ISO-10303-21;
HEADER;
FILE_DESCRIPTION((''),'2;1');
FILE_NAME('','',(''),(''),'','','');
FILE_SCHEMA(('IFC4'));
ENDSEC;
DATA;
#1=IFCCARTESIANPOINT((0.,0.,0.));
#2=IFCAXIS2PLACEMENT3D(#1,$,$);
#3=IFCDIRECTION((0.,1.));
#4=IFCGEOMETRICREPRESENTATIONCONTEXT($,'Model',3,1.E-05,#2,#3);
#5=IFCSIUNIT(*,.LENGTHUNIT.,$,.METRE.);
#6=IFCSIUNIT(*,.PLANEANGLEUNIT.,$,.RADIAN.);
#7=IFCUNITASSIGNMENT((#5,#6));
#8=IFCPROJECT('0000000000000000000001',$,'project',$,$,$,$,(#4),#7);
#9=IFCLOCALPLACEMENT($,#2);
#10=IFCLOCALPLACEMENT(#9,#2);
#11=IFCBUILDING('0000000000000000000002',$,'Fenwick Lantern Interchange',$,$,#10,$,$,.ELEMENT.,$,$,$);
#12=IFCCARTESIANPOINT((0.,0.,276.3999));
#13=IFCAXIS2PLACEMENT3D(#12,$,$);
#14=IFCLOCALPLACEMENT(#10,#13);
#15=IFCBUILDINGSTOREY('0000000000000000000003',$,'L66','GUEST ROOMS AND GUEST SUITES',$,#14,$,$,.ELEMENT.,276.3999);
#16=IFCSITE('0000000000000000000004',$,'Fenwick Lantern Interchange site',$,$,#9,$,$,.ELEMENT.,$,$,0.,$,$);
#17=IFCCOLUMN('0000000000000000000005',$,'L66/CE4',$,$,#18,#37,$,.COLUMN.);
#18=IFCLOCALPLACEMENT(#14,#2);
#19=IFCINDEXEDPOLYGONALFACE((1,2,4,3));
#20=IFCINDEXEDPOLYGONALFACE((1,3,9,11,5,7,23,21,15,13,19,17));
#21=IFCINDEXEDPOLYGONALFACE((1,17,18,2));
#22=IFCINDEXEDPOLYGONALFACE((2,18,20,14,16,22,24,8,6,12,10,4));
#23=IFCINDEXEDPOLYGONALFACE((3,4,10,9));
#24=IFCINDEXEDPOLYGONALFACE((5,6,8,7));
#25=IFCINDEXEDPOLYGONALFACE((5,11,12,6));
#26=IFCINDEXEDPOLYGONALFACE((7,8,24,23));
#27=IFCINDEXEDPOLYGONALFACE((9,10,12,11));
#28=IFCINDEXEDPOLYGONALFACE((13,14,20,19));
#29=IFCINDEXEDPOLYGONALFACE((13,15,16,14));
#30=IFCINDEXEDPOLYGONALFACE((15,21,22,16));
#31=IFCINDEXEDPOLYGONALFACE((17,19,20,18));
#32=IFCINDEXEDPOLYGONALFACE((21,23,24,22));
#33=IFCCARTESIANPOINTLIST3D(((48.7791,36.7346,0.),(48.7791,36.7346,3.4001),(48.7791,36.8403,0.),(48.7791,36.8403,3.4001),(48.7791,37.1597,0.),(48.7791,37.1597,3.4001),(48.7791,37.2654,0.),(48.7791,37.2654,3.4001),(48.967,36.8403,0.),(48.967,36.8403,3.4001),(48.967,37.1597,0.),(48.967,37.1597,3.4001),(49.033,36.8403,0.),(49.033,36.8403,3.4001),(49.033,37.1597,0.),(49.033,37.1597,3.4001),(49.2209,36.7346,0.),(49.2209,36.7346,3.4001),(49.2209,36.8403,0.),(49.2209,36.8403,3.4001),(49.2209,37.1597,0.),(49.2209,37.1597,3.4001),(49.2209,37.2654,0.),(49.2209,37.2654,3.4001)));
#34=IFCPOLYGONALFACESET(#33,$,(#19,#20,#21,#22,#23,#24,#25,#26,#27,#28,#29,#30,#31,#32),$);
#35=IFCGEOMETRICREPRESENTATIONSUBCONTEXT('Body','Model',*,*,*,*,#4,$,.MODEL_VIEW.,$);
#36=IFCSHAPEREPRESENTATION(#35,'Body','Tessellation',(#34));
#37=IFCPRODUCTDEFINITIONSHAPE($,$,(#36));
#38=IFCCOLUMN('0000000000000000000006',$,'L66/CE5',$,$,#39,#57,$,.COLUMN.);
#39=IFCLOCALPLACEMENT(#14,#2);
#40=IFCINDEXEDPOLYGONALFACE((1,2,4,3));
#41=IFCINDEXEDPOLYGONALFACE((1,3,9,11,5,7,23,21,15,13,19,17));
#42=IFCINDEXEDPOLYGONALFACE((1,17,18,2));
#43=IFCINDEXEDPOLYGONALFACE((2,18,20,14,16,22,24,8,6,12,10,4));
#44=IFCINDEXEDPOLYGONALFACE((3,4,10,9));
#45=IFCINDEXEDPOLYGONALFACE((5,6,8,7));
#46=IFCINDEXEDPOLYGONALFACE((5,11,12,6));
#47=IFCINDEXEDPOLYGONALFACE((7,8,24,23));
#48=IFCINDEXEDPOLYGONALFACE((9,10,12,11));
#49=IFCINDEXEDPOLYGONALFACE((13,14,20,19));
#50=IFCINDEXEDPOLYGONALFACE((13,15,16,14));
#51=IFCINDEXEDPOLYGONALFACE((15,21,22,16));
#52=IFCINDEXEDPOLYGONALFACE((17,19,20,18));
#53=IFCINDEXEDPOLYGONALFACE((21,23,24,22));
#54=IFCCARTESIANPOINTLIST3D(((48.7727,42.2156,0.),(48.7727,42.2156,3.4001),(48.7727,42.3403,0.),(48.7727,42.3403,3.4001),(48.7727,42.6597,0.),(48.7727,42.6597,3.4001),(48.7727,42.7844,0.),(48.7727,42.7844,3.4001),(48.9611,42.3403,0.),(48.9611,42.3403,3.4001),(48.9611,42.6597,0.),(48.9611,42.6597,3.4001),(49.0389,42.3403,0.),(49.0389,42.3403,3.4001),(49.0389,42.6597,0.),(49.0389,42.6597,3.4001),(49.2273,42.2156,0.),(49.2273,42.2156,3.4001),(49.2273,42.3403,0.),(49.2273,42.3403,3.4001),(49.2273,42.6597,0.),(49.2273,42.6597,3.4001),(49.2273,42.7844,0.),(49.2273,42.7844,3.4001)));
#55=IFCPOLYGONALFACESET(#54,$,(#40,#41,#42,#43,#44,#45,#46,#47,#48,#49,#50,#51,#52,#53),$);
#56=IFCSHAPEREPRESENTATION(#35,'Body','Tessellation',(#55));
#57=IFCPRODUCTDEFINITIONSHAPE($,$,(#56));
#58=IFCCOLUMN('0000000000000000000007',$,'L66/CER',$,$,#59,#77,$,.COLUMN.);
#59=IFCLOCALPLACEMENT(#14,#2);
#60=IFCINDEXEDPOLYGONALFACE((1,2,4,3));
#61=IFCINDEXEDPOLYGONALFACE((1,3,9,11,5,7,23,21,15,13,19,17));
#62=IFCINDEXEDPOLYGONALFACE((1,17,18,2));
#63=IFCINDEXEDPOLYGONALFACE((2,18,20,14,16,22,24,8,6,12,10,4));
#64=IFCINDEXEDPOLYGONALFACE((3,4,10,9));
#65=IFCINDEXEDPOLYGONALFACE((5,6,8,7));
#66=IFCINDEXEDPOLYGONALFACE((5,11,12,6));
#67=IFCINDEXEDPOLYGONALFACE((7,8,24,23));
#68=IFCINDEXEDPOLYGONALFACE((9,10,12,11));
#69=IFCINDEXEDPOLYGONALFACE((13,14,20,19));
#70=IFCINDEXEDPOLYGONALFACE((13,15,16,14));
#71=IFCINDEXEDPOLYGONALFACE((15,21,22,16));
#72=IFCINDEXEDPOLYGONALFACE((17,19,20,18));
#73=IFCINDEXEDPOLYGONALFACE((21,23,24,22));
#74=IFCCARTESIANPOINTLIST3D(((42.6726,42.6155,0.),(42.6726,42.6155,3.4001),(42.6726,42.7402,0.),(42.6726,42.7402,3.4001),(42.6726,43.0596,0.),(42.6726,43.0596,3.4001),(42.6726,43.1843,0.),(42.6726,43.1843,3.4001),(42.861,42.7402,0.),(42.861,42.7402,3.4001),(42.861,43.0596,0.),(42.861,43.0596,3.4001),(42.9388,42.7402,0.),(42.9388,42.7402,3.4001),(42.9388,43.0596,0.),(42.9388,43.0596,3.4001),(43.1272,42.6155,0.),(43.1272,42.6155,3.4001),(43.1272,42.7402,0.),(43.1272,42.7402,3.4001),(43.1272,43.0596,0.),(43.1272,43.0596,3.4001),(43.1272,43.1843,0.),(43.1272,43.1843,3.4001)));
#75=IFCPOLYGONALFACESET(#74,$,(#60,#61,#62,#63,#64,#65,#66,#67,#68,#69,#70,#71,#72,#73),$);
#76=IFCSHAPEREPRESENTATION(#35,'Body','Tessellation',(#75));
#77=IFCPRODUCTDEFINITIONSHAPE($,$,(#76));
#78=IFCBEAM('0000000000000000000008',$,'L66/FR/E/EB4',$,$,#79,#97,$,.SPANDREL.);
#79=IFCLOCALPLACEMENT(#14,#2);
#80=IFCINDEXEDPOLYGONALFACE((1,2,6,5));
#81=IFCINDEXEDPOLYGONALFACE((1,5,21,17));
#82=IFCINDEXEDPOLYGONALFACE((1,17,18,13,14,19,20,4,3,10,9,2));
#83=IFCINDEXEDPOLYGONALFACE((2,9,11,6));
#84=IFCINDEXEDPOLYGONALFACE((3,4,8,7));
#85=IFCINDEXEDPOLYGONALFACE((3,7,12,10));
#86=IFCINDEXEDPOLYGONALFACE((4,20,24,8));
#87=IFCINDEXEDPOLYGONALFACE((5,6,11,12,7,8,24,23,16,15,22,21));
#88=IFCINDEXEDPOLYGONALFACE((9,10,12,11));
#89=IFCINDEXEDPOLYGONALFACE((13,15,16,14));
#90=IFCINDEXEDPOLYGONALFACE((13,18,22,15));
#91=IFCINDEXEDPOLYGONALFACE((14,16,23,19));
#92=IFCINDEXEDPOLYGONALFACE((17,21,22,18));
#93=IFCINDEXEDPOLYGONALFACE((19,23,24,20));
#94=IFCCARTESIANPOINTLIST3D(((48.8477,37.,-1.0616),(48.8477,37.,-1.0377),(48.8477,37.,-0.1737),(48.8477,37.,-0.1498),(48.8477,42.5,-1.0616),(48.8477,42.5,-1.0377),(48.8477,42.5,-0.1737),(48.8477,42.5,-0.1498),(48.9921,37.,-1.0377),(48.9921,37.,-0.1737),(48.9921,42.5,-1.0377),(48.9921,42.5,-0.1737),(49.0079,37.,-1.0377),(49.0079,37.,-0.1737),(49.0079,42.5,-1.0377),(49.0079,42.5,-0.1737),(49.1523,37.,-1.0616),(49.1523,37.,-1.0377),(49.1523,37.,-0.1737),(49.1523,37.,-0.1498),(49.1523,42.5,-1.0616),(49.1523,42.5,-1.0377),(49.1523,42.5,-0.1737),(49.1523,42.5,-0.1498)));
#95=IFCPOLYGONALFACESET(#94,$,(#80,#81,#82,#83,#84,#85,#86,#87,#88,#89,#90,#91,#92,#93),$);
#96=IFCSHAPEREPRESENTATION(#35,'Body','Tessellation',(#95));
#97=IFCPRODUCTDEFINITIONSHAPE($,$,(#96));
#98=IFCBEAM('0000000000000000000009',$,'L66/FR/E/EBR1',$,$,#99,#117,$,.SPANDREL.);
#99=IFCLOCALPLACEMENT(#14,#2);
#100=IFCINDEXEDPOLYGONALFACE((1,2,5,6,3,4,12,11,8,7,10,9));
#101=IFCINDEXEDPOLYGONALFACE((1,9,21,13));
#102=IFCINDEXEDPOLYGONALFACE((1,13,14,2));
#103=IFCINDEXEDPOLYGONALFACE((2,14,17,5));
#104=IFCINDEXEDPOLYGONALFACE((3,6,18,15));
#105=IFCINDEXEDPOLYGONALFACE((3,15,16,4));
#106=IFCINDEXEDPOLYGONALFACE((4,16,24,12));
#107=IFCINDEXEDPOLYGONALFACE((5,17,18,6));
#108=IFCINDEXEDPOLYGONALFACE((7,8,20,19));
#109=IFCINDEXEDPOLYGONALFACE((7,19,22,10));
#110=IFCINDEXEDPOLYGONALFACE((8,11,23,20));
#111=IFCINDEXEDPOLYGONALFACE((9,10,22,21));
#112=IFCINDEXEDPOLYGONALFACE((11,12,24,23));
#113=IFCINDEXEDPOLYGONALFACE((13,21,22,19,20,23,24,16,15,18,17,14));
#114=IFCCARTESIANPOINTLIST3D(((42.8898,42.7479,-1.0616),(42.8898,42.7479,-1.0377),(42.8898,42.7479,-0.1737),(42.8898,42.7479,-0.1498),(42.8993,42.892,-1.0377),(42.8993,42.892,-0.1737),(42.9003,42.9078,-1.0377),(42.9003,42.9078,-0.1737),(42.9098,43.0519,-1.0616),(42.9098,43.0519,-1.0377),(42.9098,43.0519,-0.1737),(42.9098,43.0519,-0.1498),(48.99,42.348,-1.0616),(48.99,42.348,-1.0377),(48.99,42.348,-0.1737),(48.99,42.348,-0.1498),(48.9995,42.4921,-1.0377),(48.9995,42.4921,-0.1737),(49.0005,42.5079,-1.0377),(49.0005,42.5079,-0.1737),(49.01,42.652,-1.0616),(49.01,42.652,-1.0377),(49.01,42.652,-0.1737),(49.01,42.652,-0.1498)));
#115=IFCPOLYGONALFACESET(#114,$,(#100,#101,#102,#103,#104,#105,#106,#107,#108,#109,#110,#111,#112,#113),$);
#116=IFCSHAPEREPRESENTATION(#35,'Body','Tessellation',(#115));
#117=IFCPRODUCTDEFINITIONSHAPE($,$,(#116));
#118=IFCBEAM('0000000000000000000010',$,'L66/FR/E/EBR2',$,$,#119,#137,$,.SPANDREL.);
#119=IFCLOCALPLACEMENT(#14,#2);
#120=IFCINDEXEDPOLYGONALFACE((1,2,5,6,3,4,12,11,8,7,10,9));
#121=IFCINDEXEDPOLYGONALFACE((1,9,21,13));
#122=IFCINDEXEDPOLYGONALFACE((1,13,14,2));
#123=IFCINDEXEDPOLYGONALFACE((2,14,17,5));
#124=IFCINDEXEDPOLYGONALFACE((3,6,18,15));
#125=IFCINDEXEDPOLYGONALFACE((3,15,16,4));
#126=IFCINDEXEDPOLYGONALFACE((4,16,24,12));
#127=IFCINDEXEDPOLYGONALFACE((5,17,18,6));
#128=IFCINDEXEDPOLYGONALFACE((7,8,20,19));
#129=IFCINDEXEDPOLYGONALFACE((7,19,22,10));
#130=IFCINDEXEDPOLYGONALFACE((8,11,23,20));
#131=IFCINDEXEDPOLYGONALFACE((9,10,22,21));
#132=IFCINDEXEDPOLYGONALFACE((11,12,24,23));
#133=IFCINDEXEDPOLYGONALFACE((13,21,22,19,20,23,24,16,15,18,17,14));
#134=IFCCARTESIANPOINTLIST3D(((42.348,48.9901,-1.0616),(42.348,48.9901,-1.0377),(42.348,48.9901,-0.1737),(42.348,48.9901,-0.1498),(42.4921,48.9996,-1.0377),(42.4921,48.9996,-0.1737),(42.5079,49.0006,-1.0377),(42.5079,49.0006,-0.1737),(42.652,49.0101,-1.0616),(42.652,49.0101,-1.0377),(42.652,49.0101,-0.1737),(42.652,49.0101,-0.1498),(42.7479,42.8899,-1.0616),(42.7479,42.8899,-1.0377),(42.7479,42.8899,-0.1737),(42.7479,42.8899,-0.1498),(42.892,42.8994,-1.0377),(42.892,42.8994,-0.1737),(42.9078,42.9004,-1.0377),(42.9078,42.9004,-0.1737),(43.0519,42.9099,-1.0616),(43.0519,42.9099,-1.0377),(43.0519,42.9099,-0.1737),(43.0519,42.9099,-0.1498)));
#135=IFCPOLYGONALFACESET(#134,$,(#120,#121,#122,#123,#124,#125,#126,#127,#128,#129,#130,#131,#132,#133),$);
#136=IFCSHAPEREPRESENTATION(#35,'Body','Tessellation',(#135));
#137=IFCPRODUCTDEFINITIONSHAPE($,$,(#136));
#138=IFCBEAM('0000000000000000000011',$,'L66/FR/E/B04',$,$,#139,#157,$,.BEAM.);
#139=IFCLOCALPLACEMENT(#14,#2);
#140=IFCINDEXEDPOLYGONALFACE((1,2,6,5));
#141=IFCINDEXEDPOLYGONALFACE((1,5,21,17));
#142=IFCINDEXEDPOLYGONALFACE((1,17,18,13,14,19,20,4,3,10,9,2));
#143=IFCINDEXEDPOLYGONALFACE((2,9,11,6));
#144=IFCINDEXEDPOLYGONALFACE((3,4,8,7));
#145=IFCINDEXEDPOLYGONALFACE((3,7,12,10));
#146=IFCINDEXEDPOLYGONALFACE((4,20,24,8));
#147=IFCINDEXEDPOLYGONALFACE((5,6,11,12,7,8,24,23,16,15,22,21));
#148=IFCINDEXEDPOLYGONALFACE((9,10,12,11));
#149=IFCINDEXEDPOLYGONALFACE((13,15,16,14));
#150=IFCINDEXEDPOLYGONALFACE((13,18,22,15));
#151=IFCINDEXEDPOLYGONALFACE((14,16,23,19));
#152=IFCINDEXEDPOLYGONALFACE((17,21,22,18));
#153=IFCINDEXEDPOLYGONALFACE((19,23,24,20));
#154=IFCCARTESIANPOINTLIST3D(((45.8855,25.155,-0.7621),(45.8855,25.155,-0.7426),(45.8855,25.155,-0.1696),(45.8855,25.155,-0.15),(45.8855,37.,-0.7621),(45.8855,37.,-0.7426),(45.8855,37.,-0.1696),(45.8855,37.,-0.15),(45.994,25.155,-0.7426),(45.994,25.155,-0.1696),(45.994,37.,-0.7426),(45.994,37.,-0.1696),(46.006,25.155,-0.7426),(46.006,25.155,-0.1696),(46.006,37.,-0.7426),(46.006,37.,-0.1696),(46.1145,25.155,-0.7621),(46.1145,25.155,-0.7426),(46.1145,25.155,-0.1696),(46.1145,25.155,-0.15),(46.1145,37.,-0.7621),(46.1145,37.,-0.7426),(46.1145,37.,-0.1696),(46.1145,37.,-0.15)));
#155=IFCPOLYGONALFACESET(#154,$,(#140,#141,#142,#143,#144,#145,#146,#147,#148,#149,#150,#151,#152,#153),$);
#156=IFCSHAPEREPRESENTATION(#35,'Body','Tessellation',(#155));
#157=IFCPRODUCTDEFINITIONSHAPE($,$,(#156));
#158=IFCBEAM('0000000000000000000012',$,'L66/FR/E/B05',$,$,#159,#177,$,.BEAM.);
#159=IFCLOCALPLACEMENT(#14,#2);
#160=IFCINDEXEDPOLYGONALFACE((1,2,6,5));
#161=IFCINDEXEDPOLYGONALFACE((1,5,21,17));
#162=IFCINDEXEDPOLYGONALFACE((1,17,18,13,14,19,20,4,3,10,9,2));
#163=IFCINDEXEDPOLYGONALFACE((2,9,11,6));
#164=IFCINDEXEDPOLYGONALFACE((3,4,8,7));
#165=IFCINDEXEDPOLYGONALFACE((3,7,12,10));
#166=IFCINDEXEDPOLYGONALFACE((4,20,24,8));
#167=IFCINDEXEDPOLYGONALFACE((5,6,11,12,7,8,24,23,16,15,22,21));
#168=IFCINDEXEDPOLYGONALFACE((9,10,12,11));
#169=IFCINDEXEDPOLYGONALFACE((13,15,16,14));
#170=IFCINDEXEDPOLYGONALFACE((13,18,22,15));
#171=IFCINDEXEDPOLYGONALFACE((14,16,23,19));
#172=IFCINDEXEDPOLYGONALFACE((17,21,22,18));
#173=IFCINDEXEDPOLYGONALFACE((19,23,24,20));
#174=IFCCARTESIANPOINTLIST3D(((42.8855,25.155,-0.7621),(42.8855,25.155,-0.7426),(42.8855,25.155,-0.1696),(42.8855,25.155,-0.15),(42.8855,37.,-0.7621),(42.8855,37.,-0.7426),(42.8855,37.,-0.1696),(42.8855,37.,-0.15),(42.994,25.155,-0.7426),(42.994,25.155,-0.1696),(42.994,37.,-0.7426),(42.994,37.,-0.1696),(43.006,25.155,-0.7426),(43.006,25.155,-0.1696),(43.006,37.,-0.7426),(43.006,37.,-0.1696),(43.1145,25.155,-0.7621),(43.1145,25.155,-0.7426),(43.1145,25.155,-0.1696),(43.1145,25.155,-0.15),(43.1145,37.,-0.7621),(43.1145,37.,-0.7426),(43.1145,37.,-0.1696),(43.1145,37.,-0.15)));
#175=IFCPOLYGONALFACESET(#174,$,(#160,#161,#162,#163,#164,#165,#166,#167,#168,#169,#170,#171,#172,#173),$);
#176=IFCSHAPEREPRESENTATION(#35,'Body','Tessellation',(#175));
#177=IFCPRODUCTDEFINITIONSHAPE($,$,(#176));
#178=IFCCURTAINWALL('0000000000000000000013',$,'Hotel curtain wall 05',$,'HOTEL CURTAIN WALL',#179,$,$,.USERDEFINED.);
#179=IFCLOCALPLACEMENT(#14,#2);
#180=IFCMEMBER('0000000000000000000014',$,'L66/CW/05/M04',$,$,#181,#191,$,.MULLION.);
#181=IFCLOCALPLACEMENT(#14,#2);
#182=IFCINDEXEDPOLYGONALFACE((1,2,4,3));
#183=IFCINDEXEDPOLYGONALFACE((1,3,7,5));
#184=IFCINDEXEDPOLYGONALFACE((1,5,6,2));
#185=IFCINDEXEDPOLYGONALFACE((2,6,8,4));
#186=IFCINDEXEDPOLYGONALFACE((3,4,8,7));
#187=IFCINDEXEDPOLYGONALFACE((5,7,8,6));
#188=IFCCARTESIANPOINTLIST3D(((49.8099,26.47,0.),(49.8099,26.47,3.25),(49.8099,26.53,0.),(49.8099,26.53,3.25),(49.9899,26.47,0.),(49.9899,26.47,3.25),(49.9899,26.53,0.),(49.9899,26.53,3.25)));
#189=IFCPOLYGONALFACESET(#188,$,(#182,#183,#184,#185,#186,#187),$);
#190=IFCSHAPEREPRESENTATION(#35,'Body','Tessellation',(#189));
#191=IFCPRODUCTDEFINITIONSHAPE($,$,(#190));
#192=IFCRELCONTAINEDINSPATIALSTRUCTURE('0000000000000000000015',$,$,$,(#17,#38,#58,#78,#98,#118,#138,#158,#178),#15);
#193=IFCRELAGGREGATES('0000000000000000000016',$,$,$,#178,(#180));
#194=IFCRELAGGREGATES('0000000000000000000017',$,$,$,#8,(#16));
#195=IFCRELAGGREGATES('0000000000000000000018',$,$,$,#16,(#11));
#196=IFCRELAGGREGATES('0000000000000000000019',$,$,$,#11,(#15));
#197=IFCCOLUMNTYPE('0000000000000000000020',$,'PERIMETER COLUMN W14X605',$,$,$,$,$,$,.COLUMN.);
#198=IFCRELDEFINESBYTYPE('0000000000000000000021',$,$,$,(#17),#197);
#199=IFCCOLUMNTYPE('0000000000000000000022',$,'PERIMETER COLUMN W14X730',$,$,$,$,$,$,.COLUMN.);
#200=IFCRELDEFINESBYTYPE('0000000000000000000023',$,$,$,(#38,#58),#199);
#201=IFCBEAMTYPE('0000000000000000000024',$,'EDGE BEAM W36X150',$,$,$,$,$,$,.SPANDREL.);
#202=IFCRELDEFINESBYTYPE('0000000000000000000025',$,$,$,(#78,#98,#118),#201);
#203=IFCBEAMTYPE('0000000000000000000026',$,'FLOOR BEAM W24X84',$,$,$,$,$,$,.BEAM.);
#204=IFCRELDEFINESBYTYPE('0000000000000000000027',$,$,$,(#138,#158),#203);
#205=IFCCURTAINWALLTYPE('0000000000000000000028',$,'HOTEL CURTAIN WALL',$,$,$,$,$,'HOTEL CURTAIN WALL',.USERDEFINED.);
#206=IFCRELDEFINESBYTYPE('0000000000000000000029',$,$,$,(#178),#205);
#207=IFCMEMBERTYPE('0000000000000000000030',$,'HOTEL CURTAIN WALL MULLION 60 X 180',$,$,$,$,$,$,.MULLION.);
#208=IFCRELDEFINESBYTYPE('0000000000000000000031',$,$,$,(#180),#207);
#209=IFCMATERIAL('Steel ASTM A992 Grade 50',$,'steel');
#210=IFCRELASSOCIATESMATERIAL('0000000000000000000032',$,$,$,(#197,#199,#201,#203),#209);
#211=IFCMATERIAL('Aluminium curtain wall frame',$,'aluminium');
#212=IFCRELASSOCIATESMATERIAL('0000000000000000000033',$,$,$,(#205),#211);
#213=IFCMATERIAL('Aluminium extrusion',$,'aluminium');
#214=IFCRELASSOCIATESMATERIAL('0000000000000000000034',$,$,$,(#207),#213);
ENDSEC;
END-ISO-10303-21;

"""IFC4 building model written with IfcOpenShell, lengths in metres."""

from ifc_helpers import new_model, si_unit, direction, frame, origin, origin_2d, place, context, subcontext, project, spatial, rectangle, i_section, extrude, material, material_profile, profile_set, type_object, element, aggregate, save


model = new_model("IFC4")

# Units and contexts
model_context = context("Model", 3, precision=1e-05, world=origin(), true_north=direction((0.0, 1.0)))
body_context = subcontext(model_context, "Body", "Model", "MODEL_VIEW")
ifc_project = project(units=[si_unit("LENGTHUNIT", "METRE"), si_unit("PLANEANGLEUNIT", "RADIAN")], contexts=[model_context])

# Site, building, storey
site_placement = place(None, origin())
site = spatial("IfcSite", under=ifc_project, at=site_placement, Name="Fenwick Lantern Interchange site", CompositionType="ELEMENT", RefElevation=0.0)
building_placement = place(site_placement, origin())
building = spatial("IfcBuilding", under=site, at=building_placement, Name="Fenwick Lantern Interchange", CompositionType="ELEMENT")
storey_placement = place(building_placement, frame((0.0, 0.0, 276.3999)))
storey = spatial("IfcBuildingStorey", under=building, at=storey_placement, Name="L66", Description="GUEST ROOMS AND GUEST SUITES", CompositionType="ELEMENT", Elevation=276.3999)

# Columns
ifc_material_1 = material(Name="Steel ASTM A992 Grade 50", Category="steel")
ifc_material_profile_1 = material_profile(ifc_material_1, i_section(OverallWidth=0.4419, OverallDepth=0.5308, WebThickness=0.0659, FlangeThickness=0.1057, at=origin_2d()), Name="W14X605")
ifc_profile_set_1 = profile_set([ifc_material_profile_1], Name="Steel ASTM A992 Grade 50")
column_type_1 = type_object("IfcColumnType", Name="PERIMETER COLUMN W14X605", PredefinedType="COLUMN", material=ifc_profile_set_1)
column_placement = place(storey_placement, frame((49.0, 37.0, 0.0), z_axis=(0.0, 0.0, 1.0), x_axis=(1.0, 0.0, 0.0)))
element("IfcColumn", 1, at=column_placement, inside=storey, type_object=column_type_1, Name="L66/CE4", PredefinedType="COLUMN", context=body_context, shape_type="SweptSolid", body=[
    extrude(i_section(OverallWidth=0.4419, OverallDepth=0.5308, WebThickness=0.0659, FlangeThickness=0.1057, at=origin_2d()), origin(), (0.0, 0.0, 1.0), 3.4001),
])
ifc_material_profile_2 = material_profile(ifc_material_1, i_section(OverallWidth=0.4546, OverallDepth=0.5688, WebThickness=0.0779, FlangeThickness=0.1248, at=origin_2d()), Name="W14X730")
ifc_profile_set_2 = profile_set([ifc_material_profile_2], Name="Steel ASTM A992 Grade 50")
column_type_2 = type_object("IfcColumnType", Name="PERIMETER COLUMN W14X730", PredefinedType="COLUMN", material=ifc_profile_set_2)
for number, where, z_axis, x_axis, name in (
    (2, (49.0, 42.5, 0.0), (0.0, 0.0, 1.0), (1.0, 0.0, 0.0), "L66/CE5"),
    (3, (42.8999, 42.8999, 0.0), (0.0, 0.0, 1.0), (1.0, 0.0, 0.0), "L66/CER"),
):
    element("IfcColumn", number, at=place(storey_placement, frame(where, z_axis=z_axis, x_axis=x_axis)), inside=storey, type_object=column_type_2, Name=name, PredefinedType="COLUMN", context=body_context, shape_type="SweptSolid", body=[
        extrude(i_section(OverallWidth=0.4546, OverallDepth=0.5688, WebThickness=0.0779, FlangeThickness=0.1248, at=origin_2d()), origin(), (0.0, 0.0, 1.0), 3.4001),
    ])

# Beams
ifc_material_profile_3 = material_profile(ifc_material_1, i_section(OverallWidth=0.3047, OverallDepth=0.9119, WebThickness=0.0159, FlangeThickness=0.0239, at=origin_2d()), Name="W36X150")
ifc_profile_set_3 = profile_set([ifc_material_profile_3], Name="Steel ASTM A992 Grade 50")
beam_type_1 = type_object("IfcBeamType", Name="EDGE BEAM W36X150", PredefinedType="SPANDREL", material=ifc_profile_set_3)
beam_1_placement = place(storey_placement, frame((49.0, 37.0, -0.6057), z_axis=(0.0, 1.0, 0.0), x_axis=(-1.0, 0.0, 0.0)))
element("IfcBeam", 4, at=beam_1_placement, inside=storey, type_object=beam_type_1, Name="L66/FR/E/EB4", PredefinedType="SPANDREL", context=body_context, shape_type="SweptSolid", body=[
    extrude(i_section(OverallWidth=0.3047, OverallDepth=0.9119, WebThickness=0.0159, FlangeThickness=0.0239, at=origin_2d()), origin(), (0.0, 0.0, 1.0), 5.5),
])
for number, where, z_axis, x_axis, name in (
    (5, (49.0, 42.5, -0.6057), (-0.997858, 0.065416, 0.0), (-0.065416, -0.997858, 0.0), "L66/FR/E/EBR1"),
    (6, (42.8999, 42.8999, -0.6057), (-0.065416, 0.997858, 0.0), (-0.997858, -0.065416, 0.0), "L66/FR/E/EBR2"),
):
    element("IfcBeam", number, at=place(storey_placement, frame(where, z_axis=z_axis, x_axis=x_axis)), inside=storey, type_object=beam_type_1, Name=name, PredefinedType="SPANDREL", context=body_context, shape_type="SweptSolid", body=[
        extrude(i_section(OverallWidth=0.3047, OverallDepth=0.9119, WebThickness=0.0159, FlangeThickness=0.0239, at=origin_2d()), origin(), (0.0, 0.0, 1.0), 6.1133),
    ])
ifc_material_profile_4 = material_profile(ifc_material_1, i_section(OverallWidth=0.229, OverallDepth=0.6121, WebThickness=0.012, FlangeThickness=0.0195, at=origin_2d()), Name="W24X84")
ifc_profile_set_4 = profile_set([ifc_material_profile_4], Name="Steel ASTM A992 Grade 50")
beam_type_2 = type_object("IfcBeamType", Name="FLOOR BEAM W24X84", PredefinedType="BEAM", material=ifc_profile_set_4)
for number, where, z_axis, x_axis, name in (
    (7, (46.0, 25.155, -0.4561), (0.0, 1.0, 0.0), (-1.0, 0.0, 0.0), "L66/FR/E/B04"),
    (8, (43.0, 25.155, -0.4561), (0.0, 1.0, 0.0), (-1.0, 0.0, 0.0), "L66/FR/E/B05"),
):
    element("IfcBeam", number, at=place(storey_placement, frame(where, z_axis=z_axis, x_axis=x_axis)), inside=storey, type_object=beam_type_2, Name=name, PredefinedType="BEAM", context=body_context, shape_type="SweptSolid", body=[
        extrude(i_section(OverallWidth=0.229, OverallDepth=0.6121, WebThickness=0.012, FlangeThickness=0.0195, at=origin_2d()), origin(), (0.0, 0.0, 1.0), 11.845),
    ])

# Curtain wall, member
ifc_material_2 = material(Name="Aluminium curtain wall frame", Category="aluminium")
curtain_wall_type = type_object("IfcCurtainWallType", Name="HOTEL CURTAIN WALL", ElementType="HOTEL CURTAIN WALL", PredefinedType="USERDEFINED", material=ifc_material_2)
curtain_wall_1_placement = place(storey_placement, origin())
curtain_wall_1 = element("IfcCurtainWall", 9, at=curtain_wall_1_placement, inside=storey, type_object=curtain_wall_type, Name="Hotel curtain wall 05", ObjectType="HOTEL CURTAIN WALL", PredefinedType="USERDEFINED")
ifc_material_3 = material(Name="Aluminium extrusion", Category="aluminium")
ifc_material_profile_5 = material_profile(ifc_material_3, rectangle(XDim=0.1799, YDim=0.0601, at=origin_2d()), Name="HOTEL CURTAIN WALL MULLION 60 X 180")
ifc_profile_set_5 = profile_set([ifc_material_profile_5], Name="Aluminium extrusion")
member_type_1 = type_object("IfcMemberType", Name="HOTEL CURTAIN WALL MULLION 60 X 180", PredefinedType="MULLION", material=ifc_profile_set_5)
member_1_placement = place(storey_placement, frame((49.8999, 26.5, 0.0), z_axis=(0.0, 0.0, 1.0), x_axis=(-1.0, 0.0, 0.0)))
member_1 = element("IfcMember", 10, at=member_1_placement, type_object=member_type_1, Name="L66/CW/05/M04", PredefinedType="MULLION", context=body_context, shape_type="SweptSolid", body=[
    extrude(rectangle(XDim=0.1799, YDim=0.0601, at=origin_2d()), origin(), (0.0, 0.0, 1.0), 3.25),
])

aggregate(curtain_wall_1, [member_1])

save(model, "model.ifc")
